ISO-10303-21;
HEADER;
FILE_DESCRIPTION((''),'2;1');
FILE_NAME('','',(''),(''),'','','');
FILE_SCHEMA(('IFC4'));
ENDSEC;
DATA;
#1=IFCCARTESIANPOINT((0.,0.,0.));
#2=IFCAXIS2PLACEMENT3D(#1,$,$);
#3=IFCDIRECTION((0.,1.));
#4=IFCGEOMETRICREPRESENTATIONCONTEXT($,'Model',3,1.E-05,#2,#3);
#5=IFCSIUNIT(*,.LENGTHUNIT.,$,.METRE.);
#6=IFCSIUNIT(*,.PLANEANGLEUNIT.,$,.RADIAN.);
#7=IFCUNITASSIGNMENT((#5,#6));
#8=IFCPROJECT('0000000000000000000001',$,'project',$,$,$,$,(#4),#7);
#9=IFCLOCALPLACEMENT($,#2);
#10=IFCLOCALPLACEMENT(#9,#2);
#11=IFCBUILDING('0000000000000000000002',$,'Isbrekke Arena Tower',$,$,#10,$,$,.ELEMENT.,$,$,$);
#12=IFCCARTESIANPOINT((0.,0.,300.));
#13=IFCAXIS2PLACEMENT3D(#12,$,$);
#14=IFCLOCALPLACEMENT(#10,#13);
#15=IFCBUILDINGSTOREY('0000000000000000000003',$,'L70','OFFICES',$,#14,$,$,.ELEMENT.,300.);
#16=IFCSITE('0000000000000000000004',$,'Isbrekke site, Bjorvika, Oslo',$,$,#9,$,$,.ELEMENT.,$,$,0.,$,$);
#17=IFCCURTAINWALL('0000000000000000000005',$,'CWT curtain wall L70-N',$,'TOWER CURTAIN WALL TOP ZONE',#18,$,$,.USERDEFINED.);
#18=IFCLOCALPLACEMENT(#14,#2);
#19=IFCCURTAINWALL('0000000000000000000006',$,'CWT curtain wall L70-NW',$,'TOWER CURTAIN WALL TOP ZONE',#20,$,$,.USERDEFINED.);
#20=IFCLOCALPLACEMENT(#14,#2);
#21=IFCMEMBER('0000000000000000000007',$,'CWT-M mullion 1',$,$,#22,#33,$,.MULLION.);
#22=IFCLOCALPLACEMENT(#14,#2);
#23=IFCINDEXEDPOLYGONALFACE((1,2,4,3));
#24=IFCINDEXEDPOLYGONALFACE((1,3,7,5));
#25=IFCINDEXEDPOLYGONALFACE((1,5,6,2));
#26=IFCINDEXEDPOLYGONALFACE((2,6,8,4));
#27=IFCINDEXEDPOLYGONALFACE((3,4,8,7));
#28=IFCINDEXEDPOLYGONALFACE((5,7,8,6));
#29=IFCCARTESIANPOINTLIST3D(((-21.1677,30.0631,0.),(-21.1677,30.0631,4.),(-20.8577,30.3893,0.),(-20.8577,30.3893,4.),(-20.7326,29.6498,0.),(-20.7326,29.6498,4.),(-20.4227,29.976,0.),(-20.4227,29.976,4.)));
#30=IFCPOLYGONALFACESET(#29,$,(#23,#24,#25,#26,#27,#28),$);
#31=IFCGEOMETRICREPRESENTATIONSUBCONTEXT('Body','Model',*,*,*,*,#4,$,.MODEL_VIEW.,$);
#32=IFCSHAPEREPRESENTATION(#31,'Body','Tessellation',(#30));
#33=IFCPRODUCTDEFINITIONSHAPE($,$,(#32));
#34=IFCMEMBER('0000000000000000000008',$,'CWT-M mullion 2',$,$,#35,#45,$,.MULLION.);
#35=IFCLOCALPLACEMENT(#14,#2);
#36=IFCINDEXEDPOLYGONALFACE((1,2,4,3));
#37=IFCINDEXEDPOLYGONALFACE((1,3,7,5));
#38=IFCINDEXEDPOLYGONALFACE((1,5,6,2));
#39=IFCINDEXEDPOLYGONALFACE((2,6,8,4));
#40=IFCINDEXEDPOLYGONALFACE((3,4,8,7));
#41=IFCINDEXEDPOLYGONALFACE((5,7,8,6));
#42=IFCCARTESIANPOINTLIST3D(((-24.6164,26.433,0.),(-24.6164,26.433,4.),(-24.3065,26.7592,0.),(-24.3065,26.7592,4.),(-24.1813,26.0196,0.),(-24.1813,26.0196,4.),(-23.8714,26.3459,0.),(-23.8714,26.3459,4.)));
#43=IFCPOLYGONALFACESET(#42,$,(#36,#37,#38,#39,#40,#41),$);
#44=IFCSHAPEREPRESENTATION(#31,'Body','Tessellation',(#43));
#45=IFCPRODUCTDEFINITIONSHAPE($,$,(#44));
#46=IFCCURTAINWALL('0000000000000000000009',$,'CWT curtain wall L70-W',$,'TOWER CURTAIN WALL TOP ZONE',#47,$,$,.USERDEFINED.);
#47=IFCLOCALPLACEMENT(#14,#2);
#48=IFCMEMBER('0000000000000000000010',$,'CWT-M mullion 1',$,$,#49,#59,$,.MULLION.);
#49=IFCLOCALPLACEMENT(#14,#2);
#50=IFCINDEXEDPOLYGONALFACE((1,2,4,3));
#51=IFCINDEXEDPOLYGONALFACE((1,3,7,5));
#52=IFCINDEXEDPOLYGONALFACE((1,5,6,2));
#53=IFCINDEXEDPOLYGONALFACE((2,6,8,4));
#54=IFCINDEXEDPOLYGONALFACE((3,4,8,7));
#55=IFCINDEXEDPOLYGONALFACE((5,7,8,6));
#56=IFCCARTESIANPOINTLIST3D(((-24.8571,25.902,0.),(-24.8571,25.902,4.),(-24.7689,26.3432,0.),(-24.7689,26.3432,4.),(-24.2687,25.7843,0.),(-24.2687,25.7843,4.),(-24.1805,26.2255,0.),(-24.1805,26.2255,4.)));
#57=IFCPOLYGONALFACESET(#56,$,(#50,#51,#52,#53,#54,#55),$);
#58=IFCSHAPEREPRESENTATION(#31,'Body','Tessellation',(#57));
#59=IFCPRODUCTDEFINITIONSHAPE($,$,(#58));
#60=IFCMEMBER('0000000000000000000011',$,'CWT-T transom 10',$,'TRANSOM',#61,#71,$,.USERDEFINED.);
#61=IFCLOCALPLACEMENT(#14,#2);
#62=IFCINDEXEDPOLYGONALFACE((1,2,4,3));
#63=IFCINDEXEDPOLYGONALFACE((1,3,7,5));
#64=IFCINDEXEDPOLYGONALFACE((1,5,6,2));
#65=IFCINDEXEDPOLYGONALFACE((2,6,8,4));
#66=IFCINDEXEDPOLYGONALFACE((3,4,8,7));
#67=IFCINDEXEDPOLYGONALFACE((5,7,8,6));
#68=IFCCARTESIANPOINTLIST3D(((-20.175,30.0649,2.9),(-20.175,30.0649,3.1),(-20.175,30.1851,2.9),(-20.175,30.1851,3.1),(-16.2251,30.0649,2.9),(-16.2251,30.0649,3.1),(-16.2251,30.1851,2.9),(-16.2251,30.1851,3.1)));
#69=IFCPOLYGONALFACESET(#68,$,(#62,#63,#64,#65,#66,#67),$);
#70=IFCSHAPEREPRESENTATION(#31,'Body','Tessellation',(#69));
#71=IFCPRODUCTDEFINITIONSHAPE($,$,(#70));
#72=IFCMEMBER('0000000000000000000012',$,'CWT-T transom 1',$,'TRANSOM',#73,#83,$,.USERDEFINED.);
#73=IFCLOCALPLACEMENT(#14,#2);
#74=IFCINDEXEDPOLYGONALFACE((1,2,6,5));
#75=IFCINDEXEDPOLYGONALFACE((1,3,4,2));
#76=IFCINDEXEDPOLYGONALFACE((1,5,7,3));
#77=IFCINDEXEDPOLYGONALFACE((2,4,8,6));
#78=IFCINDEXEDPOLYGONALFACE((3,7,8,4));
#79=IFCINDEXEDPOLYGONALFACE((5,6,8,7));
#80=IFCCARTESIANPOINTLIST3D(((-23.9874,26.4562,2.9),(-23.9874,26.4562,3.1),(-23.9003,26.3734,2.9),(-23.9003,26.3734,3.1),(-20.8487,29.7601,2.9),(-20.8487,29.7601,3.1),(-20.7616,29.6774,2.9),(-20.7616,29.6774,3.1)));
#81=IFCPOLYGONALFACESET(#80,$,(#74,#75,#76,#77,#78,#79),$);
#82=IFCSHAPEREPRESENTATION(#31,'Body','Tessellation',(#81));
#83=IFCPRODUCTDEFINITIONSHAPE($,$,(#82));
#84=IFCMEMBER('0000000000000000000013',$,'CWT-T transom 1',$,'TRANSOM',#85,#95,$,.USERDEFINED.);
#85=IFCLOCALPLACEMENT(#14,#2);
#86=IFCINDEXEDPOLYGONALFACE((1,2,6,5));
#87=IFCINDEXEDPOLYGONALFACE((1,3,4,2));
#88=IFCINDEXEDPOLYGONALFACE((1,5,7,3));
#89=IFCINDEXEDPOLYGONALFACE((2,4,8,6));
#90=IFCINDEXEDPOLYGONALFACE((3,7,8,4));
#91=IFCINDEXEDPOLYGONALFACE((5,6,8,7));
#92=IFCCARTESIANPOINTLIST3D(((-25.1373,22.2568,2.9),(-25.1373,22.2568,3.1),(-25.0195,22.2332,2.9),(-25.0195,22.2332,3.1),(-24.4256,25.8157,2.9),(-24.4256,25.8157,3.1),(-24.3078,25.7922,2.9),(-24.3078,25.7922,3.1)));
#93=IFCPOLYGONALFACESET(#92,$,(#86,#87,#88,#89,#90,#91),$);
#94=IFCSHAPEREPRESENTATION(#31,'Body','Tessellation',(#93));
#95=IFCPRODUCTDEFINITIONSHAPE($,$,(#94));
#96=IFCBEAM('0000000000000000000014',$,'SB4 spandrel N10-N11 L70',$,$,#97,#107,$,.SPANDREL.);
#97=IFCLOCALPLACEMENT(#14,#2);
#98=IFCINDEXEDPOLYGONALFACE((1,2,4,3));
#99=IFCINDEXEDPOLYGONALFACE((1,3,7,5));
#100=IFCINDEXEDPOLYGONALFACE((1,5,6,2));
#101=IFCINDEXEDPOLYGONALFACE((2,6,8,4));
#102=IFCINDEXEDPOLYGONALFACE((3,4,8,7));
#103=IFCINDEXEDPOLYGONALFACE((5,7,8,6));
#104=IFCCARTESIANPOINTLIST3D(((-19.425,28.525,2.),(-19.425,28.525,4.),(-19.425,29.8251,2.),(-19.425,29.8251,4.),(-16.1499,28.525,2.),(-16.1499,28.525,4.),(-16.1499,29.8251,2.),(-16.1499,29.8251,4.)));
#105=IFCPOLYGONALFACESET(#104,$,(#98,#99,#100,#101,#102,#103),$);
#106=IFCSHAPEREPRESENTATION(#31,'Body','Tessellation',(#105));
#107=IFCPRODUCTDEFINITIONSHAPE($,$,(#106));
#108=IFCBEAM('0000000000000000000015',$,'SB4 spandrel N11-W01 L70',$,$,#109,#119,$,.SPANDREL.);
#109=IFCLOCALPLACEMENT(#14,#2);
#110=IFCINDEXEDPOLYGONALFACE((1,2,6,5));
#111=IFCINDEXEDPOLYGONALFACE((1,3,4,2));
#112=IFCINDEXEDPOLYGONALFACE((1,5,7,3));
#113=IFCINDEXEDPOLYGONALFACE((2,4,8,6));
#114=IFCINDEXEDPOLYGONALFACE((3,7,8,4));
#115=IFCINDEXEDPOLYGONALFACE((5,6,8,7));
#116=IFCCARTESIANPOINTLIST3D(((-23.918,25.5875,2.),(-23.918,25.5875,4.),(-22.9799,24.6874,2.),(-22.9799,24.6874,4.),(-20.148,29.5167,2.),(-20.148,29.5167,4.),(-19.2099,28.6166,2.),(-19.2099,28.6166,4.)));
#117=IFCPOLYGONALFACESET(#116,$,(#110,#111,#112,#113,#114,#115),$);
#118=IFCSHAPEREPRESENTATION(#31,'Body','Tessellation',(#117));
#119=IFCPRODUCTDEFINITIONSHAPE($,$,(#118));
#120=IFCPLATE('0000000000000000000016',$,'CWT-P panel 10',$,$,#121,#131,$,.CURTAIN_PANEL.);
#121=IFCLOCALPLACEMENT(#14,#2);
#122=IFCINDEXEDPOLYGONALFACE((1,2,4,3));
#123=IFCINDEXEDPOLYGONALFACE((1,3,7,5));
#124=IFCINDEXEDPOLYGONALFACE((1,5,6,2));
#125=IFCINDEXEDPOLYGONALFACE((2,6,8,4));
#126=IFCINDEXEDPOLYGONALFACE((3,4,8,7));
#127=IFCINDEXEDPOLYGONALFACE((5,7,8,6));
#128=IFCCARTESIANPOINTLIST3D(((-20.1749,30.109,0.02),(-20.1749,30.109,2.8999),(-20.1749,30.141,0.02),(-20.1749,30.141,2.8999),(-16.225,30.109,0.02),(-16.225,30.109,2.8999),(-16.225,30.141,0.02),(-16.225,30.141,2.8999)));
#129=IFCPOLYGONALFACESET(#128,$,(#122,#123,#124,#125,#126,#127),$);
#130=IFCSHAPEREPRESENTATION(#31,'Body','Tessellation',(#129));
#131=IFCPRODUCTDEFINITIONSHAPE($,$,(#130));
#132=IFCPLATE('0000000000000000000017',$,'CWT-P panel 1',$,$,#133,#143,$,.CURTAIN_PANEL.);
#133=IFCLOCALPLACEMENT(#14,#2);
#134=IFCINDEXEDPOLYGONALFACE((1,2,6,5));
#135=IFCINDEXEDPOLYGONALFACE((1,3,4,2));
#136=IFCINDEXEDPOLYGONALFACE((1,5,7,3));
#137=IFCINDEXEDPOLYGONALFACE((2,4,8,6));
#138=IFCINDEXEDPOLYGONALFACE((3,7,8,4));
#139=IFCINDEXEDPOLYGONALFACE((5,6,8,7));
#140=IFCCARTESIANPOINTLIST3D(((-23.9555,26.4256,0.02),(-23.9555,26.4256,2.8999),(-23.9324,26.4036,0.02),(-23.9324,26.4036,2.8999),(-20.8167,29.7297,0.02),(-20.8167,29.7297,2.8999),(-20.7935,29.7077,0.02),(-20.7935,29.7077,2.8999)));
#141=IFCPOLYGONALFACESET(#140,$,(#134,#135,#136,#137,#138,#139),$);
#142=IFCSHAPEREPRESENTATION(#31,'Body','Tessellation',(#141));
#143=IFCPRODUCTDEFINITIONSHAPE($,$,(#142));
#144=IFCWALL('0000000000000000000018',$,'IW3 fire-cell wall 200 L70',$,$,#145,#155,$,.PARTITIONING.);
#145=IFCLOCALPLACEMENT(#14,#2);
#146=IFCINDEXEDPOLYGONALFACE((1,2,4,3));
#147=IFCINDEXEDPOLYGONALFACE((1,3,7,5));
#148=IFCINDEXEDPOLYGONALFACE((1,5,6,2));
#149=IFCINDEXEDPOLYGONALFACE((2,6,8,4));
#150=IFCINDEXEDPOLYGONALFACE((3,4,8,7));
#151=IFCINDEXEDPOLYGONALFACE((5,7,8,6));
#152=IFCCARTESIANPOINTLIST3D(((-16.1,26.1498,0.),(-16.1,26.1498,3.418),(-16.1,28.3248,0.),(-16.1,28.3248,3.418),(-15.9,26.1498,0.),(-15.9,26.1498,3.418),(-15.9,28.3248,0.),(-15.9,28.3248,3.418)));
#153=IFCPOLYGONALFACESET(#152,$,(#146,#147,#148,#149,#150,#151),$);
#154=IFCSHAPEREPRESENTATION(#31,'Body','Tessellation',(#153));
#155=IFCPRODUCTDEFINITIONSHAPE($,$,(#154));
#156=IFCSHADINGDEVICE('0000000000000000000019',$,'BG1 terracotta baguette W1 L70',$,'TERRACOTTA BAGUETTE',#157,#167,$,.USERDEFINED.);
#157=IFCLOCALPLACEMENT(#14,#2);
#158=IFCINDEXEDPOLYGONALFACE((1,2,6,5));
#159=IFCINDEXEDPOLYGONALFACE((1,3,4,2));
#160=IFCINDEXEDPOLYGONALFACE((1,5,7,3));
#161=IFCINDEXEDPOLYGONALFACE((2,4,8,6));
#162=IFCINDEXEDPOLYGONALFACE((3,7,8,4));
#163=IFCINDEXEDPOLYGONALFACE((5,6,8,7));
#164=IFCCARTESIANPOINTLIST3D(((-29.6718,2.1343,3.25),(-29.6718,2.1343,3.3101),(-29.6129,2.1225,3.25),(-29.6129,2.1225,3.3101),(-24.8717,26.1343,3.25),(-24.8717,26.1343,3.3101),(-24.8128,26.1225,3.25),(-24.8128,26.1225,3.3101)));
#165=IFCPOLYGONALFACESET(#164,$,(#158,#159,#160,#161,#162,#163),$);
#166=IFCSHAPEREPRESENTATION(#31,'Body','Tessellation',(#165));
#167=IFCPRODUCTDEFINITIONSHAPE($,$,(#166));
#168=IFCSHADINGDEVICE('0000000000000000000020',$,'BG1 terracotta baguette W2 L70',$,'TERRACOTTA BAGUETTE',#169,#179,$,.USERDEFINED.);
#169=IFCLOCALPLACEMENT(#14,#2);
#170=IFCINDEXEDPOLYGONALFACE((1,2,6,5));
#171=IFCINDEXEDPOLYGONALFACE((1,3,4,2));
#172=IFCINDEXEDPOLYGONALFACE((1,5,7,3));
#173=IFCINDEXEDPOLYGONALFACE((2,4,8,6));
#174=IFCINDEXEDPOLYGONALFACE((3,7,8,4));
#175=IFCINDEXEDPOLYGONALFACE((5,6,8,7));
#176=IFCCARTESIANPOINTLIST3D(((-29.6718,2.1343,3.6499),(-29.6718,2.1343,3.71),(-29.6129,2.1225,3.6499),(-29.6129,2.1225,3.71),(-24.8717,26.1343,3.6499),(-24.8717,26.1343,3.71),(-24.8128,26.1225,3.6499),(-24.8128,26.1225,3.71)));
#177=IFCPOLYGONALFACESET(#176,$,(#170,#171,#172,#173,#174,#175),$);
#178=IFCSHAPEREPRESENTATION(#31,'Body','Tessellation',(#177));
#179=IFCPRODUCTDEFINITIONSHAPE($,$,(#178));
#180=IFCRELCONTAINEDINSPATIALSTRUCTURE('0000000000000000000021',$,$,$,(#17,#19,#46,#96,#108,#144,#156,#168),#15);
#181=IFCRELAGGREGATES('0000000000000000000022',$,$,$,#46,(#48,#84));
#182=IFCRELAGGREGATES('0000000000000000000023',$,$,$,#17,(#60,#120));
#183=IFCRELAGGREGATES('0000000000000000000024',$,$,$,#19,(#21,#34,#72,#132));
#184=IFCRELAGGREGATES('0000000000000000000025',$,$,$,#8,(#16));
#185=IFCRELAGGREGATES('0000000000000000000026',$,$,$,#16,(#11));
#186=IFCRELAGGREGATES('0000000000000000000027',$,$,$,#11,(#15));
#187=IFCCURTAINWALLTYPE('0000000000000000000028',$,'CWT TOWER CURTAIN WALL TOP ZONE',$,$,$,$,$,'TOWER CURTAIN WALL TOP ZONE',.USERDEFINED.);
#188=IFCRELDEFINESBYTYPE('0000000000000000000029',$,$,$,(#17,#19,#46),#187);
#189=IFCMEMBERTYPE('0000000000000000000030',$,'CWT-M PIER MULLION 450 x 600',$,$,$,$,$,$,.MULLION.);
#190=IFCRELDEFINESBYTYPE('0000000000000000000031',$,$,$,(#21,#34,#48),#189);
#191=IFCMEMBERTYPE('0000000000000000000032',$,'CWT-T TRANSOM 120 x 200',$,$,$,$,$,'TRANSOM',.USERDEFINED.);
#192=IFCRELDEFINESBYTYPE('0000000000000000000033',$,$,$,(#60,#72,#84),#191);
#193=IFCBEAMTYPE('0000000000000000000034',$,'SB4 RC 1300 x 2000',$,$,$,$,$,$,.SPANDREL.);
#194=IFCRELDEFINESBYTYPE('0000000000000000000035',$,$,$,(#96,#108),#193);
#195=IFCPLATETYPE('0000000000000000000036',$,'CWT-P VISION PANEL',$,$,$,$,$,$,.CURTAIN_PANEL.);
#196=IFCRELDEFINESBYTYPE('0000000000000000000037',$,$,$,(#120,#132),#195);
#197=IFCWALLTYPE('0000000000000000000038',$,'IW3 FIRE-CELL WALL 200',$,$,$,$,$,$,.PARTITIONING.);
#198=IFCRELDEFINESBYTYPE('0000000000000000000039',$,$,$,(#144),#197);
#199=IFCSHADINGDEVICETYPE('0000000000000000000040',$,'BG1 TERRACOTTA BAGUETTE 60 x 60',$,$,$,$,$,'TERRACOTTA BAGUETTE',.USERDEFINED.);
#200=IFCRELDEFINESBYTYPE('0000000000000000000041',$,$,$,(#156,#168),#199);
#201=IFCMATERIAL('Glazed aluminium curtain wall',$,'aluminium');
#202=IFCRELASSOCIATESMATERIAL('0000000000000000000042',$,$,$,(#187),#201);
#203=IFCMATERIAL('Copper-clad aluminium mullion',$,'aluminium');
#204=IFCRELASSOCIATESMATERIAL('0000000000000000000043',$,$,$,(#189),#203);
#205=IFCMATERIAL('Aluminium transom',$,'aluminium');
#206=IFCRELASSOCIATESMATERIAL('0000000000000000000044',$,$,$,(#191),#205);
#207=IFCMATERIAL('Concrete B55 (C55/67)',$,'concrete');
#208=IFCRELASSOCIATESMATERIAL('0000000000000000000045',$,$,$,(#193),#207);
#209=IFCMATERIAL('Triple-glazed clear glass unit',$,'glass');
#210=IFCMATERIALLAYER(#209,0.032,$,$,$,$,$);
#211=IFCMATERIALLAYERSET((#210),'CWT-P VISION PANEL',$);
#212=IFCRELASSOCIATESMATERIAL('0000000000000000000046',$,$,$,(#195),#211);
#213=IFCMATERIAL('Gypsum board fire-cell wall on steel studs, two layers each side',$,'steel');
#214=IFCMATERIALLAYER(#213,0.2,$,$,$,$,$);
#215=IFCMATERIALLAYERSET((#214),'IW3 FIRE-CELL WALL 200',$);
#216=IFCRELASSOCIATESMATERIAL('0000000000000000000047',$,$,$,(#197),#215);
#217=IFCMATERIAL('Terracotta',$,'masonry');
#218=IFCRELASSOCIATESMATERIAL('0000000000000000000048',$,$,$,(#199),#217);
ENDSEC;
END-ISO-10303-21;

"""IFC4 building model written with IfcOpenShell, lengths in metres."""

from ifc_helpers import new_model, si_unit, direction, frame, frame_2d, origin, origin_2d, place, context, subcontext, project, spatial, rectangle, extrude, material, layer, layer_set, material_profile, profile_set, type_object, element, aggregate, save


model = new_model("IFC4")

# Units and contexts
model_context = context("Model", 3, precision=1e-05, world=origin(), true_north=direction((0.0, 1.0)))
body_context = subcontext(model_context, "Body", "Model", "MODEL_VIEW")
ifc_project = project(units=[si_unit("LENGTHUNIT", "METRE"), si_unit("PLANEANGLEUNIT", "RADIAN")], contexts=[model_context])

# Site, building, storey
site_placement = place(None, origin())
site = spatial("IfcSite", under=ifc_project, at=site_placement, Name="Isbrekke site, Bjorvika, Oslo", CompositionType="ELEMENT", RefElevation=0.0)
building_placement = place(site_placement, origin())
building = spatial("IfcBuilding", under=site, at=building_placement, Name="Isbrekke Arena Tower", CompositionType="ELEMENT")
storey_placement = place(building_placement, frame((0.0, 0.0, 300.0)))
storey = spatial("IfcBuildingStorey", under=building, at=storey_placement, Name="L70", Description="OFFICES", CompositionType="ELEMENT", Elevation=300.0)

# Curtain wall
ifc_material_1 = material(Name="Glazed aluminium curtain wall", Category="aluminium")
curtain_wall_type = type_object("IfcCurtainWallType", Name="CWT TOWER CURTAIN WALL TOP ZONE", ElementType="TOWER CURTAIN WALL TOP ZONE", PredefinedType="USERDEFINED", material=ifc_material_1)
curtain_wall_1_placement = place(storey_placement, origin())
curtain_wall_1 = element("IfcCurtainWall", 1, at=curtain_wall_1_placement, inside=storey, type_object=curtain_wall_type, Name="CWT curtain wall L70-N", ObjectType="TOWER CURTAIN WALL TOP ZONE", PredefinedType="USERDEFINED")
ifc_material_2 = material(Name="Copper-clad aluminium mullion", Category="aluminium")
ifc_material_profile_1 = material_profile(ifc_material_2, rectangle(XDim=0.45, YDim=0.6001, at=origin_2d()), Name="PIER 450X600")
ifc_profile_set_1 = profile_set([ifc_material_profile_1], Name="Copper-clad aluminium mullion")
member_type_1 = type_object("IfcMemberType", Name="CWT-M PIER MULLION 450 x 600", PredefinedType="MULLION", material=ifc_profile_set_1)

# Curtain wall, members
curtain_wall_2_placement = place(storey_placement, origin())
curtain_wall_2 = element("IfcCurtainWall", 2, at=curtain_wall_2_placement, inside=storey, type_object=curtain_wall_type, Name="CWT curtain wall L70-NW", ObjectType="TOWER CURTAIN WALL TOP ZONE", PredefinedType="USERDEFINED")
member_1_placement = place(storey_placement, frame((-20.7952, 30.0195, 0.0), z_axis=(0.0, 0.0, 1.0), x_axis=(-0.688749, -0.724999, 0.0)))
member_1 = element("IfcMember", 3, at=member_1_placement, type_object=member_type_1, Name="CWT-M mullion 1", PredefinedType="MULLION", context=body_context, shape_type="SweptSolid", body=[
    extrude(rectangle(XDim=0.45, YDim=0.6001, at=origin_2d()), origin(), (0.0, 0.0, 1.0), 4.0),
])
member_2_placement = place(storey_placement, frame((-24.2439, 26.3894, 0.0), z_axis=(0.0, 0.0, 1.0), x_axis=(-0.688749, -0.724999, 0.0)))
member_2 = element("IfcMember", 4, at=member_2_placement, type_object=member_type_1, Name="CWT-M mullion 2", PredefinedType="MULLION", context=body_context, shape_type="SweptSolid", body=[
    extrude(rectangle(XDim=0.45, YDim=0.6001, at=origin_2d()), origin(), (0.0, 0.0, 1.0), 4.0),
])

# Curtain wall, member
curtain_wall_3_placement = place(storey_placement, origin())
curtain_wall_3 = element("IfcCurtainWall", 5, at=curtain_wall_3_placement, inside=storey, type_object=curtain_wall_type, Name="CWT curtain wall L70-W", ObjectType="TOWER CURTAIN WALL TOP ZONE", PredefinedType="USERDEFINED")
member_3_placement = place(storey_placement, frame((-24.5188, 26.0637, 0.0), z_axis=(0.0, 0.0, 1.0), x_axis=(-0.196116, -0.980581, 0.0)))
member_3 = element("IfcMember", 6, at=member_3_placement, type_object=member_type_1, Name="CWT-M mullion 1", PredefinedType="MULLION", context=body_context, shape_type="SweptSolid", body=[
    extrude(rectangle(XDim=0.45, YDim=0.6001, at=origin_2d()), origin(), (0.0, 0.0, 1.0), 4.0),
])

# Members
ifc_material_3 = material(Name="Aluminium transom", Category="aluminium")
ifc_material_profile_2 = material_profile(ifc_material_3, rectangle(XDim=0.1201, YDim=0.2, at=origin_2d()), Name="TRANSOM 120X200")
ifc_profile_set_2 = profile_set([ifc_material_profile_2], Name="Aluminium transom")
member_type_2 = type_object("IfcMemberType", Name="CWT-T TRANSOM 120 x 200", ElementType="TRANSOM", PredefinedType="USERDEFINED", material=ifc_profile_set_2)
member_4_placement = place(storey_placement, frame((-16.2251, 30.125, 3.0), z_axis=(-1.0, 0.0, 0.0), x_axis=(0.0, -1.0, 0.0)))
member_4 = element("IfcMember", 7, at=member_4_placement, type_object=member_type_2, Name="CWT-T transom 10", ObjectType="TRANSOM", PredefinedType="USERDEFINED", context=body_context, shape_type="SweptSolid", body=[
    extrude(rectangle(XDim=0.1201, YDim=0.2, at=origin_2d()), origin(), (0.0, 0.0, 1.0), 3.95),
])
member_5_placement = place(storey_placement, frame((-20.8052, 29.7188, 3.0), z_axis=(-0.68874, -0.725009, 0.0), x_axis=(0.725009, -0.68874, 0.0)))
member_5 = element("IfcMember", 8, at=member_5_placement, type_object=member_type_2, Name="CWT-T transom 1", ObjectType="TRANSOM", PredefinedType="USERDEFINED", context=body_context, shape_type="SweptSolid", body=[
    extrude(rectangle(XDim=0.1201, YDim=0.2, at=origin_2d()), origin(), (0.0, 0.0, 1.0), 4.5571),
])
member_6_placement = place(storey_placement, frame((-24.3667, 25.804, 3.0), z_axis=(-0.19609, -0.980586, 0.0), x_axis=(0.980586, -0.19609, 0.0)))
member_6 = element("IfcMember", 9, at=member_6_placement, type_object=member_type_2, Name="CWT-T transom 1", ObjectType="TRANSOM", PredefinedType="USERDEFINED", context=body_context, shape_type="SweptSolid", body=[
    extrude(rectangle(XDim=0.1201, YDim=0.2, at=origin_2d()), origin(), (0.0, 0.0, 1.0), 3.6294),
])
aggregate(curtain_wall_3, [member_3, member_6])

# Beams
ifc_material_4 = material(Name="Concrete B55 (C55/67)", Category="concrete")
ifc_material_profile_3 = material_profile(ifc_material_4, rectangle(XDim=1.3, YDim=2.0, at=origin_2d()), Name="RC 1300x2000")
ifc_profile_set_3 = profile_set([ifc_material_profile_3], Name="Concrete B55 (C55/67)")
beam_type_1 = type_object("IfcBeamType", Name="SB4 RC 1300 x 2000", PredefinedType="SPANDREL", material=ifc_profile_set_3)
beam_1_placement = place(storey_placement, frame((-16.1499, 29.175, 3.0), z_axis=(-1.0, 0.0, 0.0), x_axis=(0.0, -1.0, 0.0)))
element("IfcBeam", 10, at=beam_1_placement, inside=storey, type_object=beam_type_1, Name="SB4 spandrel N10-N11 L70", PredefinedType="SPANDREL", context=body_context, shape_type="SweptSolid", body=[
    extrude(rectangle(XDim=1.3, YDim=2.0, at=origin_2d()), origin(), (0.0, 0.0, 1.0), 3.2751),
])
beam_2_placement = place(storey_placement, frame((-19.679, 29.0667, 3.0), z_axis=(-0.69234, -0.721572, 0.0), x_axis=(0.721572, -0.69234, 0.0)))
element("IfcBeam", 11, at=beam_2_placement, inside=storey, type_object=beam_type_1, Name="SB4 spandrel N11-W01 L70", PredefinedType="SPANDREL", context=body_context, shape_type="SweptSolid", body=[
    extrude(rectangle(XDim=1.3, YDim=2.0, at=origin_2d()), origin(), (0.0, 0.0, 1.0), 5.4453),
])

# Plates
ifc_material_5 = material(Name="Triple-glazed clear glass unit", Category="glass")
ifc_layer_1 = layer(ifc_material_5, 0.032)
ifc_layer_set_1 = layer_set([ifc_layer_1], Name="CWT-P VISION PANEL")
plate_type = type_object("IfcPlateType", Name="CWT-P VISION PANEL", PredefinedType="CURTAIN_PANEL", material=ifc_layer_set_1)
plate_1_placement = place(storey_placement, frame((-18.2, 30.125, 0.02), z_axis=(0.0, 0.0, 1.0), x_axis=(-1.0, 0.0, 0.0)))
plate_1 = element("IfcPlate", 12, at=plate_1_placement, type_object=plate_type, Name="CWT-P panel 10", PredefinedType="CURTAIN_PANEL", context=body_context, shape_type="SweptSolid", body=[
    extrude(rectangle(XDim=3.95, YDim=0.032, at=origin_2d()), origin(), (0.0, 0.0, 1.0), 2.8799),
])
aggregate(curtain_wall_1, [member_4, plate_1])
plate_2_placement = place(storey_placement, frame((-22.3745, 28.0667, 0.02), z_axis=(0.0, 0.0, 1.0), x_axis=(-0.688749, -0.724999, 0.0)))
plate_2 = element("IfcPlate", 13, at=plate_2_placement, type_object=plate_type, Name="CWT-P panel 1", PredefinedType="CURTAIN_PANEL", context=body_context, shape_type="SweptSolid", body=[
    extrude(rectangle(XDim=4.5574, YDim=0.032, at=origin_2d()), origin(), (0.0, 0.0, 1.0), 2.8799),
])
aggregate(curtain_wall_2, [member_1, member_2, member_5, plate_2])

# Shared definitions
ifc_material_6 = material(Name="Gypsum board fire-cell wall on steel studs, two layers each side", Category="steel")
ifc_layer_2 = layer(ifc_material_6, 0.2)
ifc_layer_set_2 = layer_set([ifc_layer_2], Name="IW3 FIRE-CELL WALL 200")
wall_type = type_object("IfcWallType", Name="IW3 FIRE-CELL WALL 200", PredefinedType="PARTITIONING", material=ifc_layer_set_2)

# Wall
wall_1_placement = place(storey_placement, frame((-16.0, 26.1499, 0.0), z_axis=(0.0, 0.0, 1.0), x_axis=(0.0, 1.0, 0.0)))
element("IfcWall", 14, at=wall_1_placement, inside=storey, type_object=wall_type, Name="IW3 fire-cell wall 200 L70", PredefinedType="PARTITIONING", context=body_context, shape_type="SweptSolid", body=[
    extrude(rectangle(XDim=2.175, YDim=0.2, at=frame_2d((1.0874, 0.0))), origin(), (0.0, 0.0, 1.0), 3.418),
])

# Shading devices
ifc_material_7 = material(Name="Terracotta", Category="masonry")
ifc_material_profile_4 = material_profile(ifc_material_7, rectangle(XDim=0.0601, YDim=0.0601, at=origin_2d()), Name="BAGUETTE 60X60")
ifc_profile_set_4 = profile_set([ifc_material_profile_4], Name="Terracotta")
shading_device_type = type_object("IfcShadingDeviceType", Name="BG1 TERRACOTTA BAGUETTE 60 x 60", ElementType="TERRACOTTA BAGUETTE", PredefinedType="USERDEFINED", material=ifc_profile_set_4)
for number, where, z_axis, x_axis, name in (
    (15, (-24.8423, 26.1284, 3.28), (-0.196118, -0.98058, 0.0), (0.98058, -0.196118, 0.0), "BG1 terracotta baguette W1 L70"),
    (16, (-24.8423, 26.1284, 3.6799), (-0.196118, -0.98058, 0.0), (0.98058, -0.196118, 0.0), "BG1 terracotta baguette W2 L70"),
):
    element("IfcShadingDevice", number, at=place(storey_placement, frame(where, z_axis=z_axis, x_axis=x_axis)), inside=storey, type_object=shading_device_type, Name=name, ObjectType="TERRACOTTA BAGUETTE", PredefinedType="USERDEFINED", context=body_context, shape_type="SweptSolid", body=[
        extrude(rectangle(XDim=0.0601, YDim=0.0601, at=origin_2d()), origin(), (0.0, 0.0, 1.0), 24.4753),
    ])

save(model, "model.ifc")
